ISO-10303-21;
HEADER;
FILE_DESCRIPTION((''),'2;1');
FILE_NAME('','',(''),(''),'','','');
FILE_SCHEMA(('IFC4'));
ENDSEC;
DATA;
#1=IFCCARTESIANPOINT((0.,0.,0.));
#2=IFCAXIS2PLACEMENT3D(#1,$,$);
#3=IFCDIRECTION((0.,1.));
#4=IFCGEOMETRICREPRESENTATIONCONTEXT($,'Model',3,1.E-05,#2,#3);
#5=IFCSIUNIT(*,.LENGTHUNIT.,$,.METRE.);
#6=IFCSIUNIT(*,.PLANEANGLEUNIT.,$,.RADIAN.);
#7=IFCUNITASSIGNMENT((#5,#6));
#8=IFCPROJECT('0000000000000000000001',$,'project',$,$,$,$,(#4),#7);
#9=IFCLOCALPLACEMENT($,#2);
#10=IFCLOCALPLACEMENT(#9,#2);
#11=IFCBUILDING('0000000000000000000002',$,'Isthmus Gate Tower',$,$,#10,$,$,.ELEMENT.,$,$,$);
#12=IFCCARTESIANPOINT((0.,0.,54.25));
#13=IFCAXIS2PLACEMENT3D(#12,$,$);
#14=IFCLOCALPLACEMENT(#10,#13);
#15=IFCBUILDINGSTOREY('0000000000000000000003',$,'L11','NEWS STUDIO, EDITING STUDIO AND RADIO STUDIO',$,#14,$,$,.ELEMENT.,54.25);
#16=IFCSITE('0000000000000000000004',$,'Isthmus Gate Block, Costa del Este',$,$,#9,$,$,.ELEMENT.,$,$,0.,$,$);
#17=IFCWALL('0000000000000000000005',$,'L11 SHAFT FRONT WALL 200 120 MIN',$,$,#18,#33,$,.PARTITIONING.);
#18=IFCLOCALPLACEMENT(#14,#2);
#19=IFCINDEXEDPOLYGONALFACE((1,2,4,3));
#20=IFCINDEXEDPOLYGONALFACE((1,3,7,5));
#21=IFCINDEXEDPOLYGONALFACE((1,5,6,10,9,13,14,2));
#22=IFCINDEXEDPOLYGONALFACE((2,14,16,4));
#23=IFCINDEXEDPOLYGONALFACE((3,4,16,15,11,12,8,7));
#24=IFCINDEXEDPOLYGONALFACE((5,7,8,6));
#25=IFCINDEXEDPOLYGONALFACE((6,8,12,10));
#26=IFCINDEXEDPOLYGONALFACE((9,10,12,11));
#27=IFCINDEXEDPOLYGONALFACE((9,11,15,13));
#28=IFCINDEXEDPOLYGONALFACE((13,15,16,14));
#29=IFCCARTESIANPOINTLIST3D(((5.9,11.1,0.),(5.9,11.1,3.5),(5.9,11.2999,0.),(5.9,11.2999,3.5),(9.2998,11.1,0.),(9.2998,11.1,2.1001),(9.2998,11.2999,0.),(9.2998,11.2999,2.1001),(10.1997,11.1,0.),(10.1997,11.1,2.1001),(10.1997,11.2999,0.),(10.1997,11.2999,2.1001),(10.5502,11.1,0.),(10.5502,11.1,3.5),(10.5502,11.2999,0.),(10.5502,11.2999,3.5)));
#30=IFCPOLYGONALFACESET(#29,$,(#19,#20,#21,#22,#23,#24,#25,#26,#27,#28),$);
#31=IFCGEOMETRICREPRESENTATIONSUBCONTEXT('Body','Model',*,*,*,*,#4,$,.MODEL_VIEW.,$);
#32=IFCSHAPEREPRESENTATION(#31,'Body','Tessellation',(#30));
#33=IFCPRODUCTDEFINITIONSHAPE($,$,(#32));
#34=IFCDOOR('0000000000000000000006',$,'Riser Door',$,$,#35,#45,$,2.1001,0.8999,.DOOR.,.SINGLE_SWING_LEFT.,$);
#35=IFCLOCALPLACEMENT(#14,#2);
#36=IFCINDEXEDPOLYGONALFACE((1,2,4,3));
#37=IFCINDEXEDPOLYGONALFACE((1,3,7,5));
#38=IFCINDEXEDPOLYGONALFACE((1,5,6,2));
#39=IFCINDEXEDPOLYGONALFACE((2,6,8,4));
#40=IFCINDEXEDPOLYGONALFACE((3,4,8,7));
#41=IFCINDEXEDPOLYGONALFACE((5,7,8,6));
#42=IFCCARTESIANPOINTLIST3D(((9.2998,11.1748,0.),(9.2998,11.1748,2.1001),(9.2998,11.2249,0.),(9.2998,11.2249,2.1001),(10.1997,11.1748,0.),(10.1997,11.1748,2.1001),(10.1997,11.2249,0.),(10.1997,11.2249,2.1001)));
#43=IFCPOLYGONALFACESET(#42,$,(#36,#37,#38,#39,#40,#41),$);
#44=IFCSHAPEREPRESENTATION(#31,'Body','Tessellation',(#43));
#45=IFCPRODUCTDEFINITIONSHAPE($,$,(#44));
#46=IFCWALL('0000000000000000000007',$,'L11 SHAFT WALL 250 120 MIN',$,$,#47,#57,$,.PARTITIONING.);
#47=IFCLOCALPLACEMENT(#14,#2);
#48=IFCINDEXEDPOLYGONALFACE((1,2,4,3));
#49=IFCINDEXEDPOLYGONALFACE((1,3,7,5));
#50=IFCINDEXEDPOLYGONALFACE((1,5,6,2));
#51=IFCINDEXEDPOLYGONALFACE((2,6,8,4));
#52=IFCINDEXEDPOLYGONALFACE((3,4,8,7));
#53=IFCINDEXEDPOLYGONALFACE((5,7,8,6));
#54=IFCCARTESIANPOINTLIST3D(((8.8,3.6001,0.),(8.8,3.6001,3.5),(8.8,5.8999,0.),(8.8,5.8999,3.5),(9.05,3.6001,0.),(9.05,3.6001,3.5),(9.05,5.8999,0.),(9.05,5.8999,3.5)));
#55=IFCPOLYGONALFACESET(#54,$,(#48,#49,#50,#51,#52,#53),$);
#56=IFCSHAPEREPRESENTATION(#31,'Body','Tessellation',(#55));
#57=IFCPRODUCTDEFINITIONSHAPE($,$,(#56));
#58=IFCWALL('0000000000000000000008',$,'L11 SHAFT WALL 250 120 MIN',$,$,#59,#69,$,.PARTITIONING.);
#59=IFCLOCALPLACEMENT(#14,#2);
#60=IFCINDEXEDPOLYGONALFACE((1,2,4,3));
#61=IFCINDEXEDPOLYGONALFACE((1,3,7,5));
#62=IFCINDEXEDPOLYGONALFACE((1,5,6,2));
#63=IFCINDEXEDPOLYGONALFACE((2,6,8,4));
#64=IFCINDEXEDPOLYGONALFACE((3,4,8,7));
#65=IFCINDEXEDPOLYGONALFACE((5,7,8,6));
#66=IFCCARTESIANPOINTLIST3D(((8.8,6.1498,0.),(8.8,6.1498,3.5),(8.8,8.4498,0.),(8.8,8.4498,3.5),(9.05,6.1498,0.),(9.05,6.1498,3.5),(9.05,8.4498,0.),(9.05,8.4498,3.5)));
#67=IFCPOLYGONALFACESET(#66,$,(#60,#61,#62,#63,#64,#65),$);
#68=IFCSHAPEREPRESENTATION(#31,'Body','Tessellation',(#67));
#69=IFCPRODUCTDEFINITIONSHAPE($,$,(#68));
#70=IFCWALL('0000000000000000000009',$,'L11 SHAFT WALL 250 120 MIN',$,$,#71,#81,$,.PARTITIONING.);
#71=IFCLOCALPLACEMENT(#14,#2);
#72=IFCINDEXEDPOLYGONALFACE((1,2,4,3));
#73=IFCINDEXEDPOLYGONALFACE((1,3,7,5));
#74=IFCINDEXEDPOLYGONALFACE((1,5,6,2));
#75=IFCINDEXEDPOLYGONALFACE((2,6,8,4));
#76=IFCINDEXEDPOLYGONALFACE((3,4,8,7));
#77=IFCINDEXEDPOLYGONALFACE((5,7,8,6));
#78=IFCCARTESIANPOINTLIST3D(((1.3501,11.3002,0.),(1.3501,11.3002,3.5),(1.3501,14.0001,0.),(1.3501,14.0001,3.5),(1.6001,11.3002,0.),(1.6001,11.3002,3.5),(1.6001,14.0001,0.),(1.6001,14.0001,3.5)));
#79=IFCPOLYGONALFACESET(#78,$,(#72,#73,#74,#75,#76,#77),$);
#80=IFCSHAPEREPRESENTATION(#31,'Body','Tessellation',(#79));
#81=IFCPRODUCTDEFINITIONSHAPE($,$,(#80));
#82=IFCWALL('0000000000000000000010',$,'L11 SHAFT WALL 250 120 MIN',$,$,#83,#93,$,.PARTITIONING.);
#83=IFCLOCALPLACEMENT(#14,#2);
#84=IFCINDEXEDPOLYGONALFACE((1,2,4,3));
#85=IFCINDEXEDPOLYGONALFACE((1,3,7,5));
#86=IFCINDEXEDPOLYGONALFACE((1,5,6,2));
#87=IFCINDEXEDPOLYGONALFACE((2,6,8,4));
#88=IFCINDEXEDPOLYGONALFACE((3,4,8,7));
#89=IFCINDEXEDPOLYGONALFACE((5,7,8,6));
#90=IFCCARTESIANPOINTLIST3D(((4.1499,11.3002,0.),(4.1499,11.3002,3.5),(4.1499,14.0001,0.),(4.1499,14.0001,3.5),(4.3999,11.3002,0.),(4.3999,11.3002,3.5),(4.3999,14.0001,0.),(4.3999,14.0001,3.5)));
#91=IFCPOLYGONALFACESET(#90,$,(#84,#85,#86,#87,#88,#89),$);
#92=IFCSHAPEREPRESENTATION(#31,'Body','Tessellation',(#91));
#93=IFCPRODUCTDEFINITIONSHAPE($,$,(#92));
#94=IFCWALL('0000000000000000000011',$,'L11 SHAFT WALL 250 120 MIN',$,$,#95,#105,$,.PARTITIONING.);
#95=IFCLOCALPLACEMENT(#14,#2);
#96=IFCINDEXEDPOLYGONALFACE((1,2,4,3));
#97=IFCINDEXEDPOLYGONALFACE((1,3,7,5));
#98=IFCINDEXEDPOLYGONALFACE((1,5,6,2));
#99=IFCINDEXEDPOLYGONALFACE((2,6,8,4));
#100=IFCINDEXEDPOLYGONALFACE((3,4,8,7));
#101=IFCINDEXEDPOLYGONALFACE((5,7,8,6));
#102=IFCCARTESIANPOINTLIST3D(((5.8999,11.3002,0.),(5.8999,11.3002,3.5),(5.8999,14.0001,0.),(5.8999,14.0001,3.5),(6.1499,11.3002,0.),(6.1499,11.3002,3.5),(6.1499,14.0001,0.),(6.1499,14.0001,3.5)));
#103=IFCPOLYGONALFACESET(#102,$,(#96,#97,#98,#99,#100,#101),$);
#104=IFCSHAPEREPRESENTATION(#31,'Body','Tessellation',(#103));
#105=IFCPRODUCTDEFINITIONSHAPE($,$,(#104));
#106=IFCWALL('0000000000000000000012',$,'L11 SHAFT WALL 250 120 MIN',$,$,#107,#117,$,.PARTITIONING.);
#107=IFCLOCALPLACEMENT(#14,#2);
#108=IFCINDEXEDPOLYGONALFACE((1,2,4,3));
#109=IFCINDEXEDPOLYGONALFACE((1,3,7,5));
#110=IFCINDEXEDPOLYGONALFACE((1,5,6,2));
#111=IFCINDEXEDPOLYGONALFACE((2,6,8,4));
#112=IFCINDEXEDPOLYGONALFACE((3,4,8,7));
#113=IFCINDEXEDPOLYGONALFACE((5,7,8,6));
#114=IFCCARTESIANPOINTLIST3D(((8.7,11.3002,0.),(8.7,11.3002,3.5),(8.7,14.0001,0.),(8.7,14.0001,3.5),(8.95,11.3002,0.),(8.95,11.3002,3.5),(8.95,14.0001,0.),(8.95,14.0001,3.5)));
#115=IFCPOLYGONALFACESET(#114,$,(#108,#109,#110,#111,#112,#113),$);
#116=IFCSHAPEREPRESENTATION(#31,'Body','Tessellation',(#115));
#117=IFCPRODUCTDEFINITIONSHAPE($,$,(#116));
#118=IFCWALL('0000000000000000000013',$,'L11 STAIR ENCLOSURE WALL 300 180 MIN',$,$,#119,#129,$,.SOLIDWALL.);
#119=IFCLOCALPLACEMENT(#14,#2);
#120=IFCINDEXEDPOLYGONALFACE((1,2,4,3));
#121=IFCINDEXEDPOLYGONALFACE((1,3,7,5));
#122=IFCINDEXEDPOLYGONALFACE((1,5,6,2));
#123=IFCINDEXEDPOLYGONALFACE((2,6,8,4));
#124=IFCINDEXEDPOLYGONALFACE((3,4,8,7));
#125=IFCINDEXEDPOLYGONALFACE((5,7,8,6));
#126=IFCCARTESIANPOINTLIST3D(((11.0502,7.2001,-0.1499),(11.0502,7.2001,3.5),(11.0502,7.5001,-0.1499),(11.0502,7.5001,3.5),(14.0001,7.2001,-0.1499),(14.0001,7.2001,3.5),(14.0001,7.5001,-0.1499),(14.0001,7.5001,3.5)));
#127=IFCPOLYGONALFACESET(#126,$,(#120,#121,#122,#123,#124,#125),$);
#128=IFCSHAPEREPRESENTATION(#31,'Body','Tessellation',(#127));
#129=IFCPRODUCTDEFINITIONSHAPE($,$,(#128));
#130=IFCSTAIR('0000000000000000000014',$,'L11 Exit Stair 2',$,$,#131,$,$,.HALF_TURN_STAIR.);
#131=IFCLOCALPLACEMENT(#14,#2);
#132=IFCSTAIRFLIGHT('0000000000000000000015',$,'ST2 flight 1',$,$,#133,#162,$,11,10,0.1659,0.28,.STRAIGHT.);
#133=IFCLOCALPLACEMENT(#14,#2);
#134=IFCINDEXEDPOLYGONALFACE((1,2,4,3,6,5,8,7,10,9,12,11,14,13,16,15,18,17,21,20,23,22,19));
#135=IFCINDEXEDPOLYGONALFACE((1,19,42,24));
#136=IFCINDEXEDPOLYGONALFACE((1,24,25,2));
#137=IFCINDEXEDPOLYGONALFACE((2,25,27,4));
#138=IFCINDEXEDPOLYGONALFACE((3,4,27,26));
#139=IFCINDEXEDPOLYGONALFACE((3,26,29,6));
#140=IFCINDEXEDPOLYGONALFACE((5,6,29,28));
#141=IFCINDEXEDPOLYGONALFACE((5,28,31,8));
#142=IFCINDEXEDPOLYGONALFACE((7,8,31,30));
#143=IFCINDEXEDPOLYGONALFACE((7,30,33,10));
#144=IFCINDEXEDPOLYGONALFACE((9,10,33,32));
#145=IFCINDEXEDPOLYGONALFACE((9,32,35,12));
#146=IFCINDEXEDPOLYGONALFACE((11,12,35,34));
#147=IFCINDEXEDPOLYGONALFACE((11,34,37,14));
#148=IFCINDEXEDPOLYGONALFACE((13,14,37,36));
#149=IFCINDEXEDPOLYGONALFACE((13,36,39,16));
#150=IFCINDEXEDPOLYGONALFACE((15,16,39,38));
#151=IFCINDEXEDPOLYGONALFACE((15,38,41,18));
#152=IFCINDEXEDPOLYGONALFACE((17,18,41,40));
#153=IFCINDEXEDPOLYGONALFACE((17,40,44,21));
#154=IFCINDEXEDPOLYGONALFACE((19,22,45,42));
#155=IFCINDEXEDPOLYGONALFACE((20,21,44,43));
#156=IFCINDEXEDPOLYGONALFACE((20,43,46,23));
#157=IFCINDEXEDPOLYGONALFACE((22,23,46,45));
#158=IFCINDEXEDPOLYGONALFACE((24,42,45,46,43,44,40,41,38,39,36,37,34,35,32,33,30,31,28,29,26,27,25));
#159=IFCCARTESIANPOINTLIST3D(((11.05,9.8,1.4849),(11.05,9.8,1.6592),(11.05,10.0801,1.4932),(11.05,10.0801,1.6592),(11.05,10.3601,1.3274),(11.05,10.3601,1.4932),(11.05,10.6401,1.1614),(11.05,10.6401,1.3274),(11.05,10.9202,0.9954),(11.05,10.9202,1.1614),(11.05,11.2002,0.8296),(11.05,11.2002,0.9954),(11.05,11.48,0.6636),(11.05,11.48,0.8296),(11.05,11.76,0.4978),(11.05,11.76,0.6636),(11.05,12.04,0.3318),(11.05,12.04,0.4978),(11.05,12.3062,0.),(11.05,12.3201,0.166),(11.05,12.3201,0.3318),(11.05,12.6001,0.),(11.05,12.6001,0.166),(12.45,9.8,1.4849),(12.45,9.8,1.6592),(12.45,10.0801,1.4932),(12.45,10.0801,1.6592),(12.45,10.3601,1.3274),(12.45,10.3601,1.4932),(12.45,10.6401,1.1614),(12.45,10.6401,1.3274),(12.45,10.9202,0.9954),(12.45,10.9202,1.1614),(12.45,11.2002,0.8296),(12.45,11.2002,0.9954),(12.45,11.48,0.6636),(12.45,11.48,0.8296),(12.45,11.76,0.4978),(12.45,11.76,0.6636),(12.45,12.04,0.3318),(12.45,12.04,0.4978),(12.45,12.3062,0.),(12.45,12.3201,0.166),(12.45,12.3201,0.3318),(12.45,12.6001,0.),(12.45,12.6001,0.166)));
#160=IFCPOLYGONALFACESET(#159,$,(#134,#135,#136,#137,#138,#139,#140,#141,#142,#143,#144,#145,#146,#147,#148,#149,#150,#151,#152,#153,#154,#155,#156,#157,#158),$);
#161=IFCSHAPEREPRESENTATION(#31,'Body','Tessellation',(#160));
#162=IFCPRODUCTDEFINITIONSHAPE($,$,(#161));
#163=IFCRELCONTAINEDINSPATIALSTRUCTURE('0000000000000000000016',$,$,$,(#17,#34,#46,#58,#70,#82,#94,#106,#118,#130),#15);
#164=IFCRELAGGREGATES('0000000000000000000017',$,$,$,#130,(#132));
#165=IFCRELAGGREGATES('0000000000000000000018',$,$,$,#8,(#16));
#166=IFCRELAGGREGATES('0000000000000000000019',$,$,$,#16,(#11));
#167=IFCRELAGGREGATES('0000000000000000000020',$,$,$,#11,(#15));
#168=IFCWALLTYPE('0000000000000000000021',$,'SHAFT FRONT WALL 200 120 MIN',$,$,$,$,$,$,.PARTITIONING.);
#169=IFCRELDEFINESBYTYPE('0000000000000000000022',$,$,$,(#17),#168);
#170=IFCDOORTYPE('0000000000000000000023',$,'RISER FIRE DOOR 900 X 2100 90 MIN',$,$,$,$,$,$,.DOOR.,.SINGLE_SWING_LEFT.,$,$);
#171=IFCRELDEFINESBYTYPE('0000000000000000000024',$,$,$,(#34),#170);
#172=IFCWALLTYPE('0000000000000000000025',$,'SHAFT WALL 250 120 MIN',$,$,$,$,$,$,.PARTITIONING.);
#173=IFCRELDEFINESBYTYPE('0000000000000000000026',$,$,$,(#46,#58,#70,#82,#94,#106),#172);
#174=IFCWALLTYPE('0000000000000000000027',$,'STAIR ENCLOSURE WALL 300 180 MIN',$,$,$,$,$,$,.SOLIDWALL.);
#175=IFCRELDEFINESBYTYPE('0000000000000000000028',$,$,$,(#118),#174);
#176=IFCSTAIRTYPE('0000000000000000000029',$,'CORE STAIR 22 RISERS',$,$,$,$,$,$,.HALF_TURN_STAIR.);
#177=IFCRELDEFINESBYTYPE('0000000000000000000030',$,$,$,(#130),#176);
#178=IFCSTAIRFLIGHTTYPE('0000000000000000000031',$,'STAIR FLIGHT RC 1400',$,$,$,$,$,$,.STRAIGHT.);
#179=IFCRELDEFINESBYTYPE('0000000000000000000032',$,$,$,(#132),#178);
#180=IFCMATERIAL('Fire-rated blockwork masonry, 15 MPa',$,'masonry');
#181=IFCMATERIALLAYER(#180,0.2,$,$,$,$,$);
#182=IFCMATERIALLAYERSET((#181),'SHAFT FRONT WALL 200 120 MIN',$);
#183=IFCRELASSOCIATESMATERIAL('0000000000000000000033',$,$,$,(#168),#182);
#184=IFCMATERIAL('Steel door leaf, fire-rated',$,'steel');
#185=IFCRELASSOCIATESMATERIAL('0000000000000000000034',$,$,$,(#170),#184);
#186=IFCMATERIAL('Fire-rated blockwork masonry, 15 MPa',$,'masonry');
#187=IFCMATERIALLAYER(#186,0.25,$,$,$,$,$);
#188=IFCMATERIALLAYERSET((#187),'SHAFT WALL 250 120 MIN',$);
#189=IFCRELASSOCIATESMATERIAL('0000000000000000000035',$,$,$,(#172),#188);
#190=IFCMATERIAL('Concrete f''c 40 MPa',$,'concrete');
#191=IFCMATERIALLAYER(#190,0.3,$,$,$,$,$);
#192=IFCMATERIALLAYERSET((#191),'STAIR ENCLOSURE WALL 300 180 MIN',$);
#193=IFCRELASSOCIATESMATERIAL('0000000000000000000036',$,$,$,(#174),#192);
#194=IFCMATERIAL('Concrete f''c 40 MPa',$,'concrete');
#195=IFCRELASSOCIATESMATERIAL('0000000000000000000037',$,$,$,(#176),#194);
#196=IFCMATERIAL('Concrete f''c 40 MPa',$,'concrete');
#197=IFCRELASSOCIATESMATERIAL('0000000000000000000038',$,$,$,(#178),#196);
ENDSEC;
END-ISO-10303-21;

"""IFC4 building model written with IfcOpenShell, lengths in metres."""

from ifc_helpers import new_model, si_unit, direction, frame, frame_2d, origin, place, context, subcontext, project, spatial, polyline, rectangle, outline, extrude, material, layer, layer_set, type_object, element, fill, aggregate, save


model = new_model("IFC4")

# Units and contexts
model_context = context("Model", 3, precision=1e-05, world=origin(), true_north=direction((0.0, 1.0)))
body_context = subcontext(model_context, "Body", "Model", "MODEL_VIEW")
ifc_project = project(units=[si_unit("LENGTHUNIT", "METRE"), si_unit("PLANEANGLEUNIT", "RADIAN")], contexts=[model_context])

# Site, building, storey
site_placement = place(None, origin())
site = spatial("IfcSite", under=ifc_project, at=site_placement, Name="Isthmus Gate Block, Costa del Este", CompositionType="ELEMENT", RefElevation=0.0)
building_placement = place(site_placement, origin())
building = spatial("IfcBuilding", under=site, at=building_placement, Name="Isthmus Gate Tower", CompositionType="ELEMENT")
storey_placement = place(building_placement, frame((0.0, 0.0, 54.25)))
storey = spatial("IfcBuildingStorey", under=building, at=storey_placement, Name="L11", Description="NEWS STUDIO, EDITING STUDIO AND RADIO STUDIO", CompositionType="ELEMENT", Elevation=54.25)

# Wall, opening, door
ifc_material_1 = material(Name="Fire-rated blockwork masonry, 15 MPa", Category="masonry")
ifc_layer_1 = layer(ifc_material_1, 0.2)
ifc_layer_set_1 = layer_set([ifc_layer_1], Name="SHAFT FRONT WALL 200 120 MIN")
wall_type_1 = type_object("IfcWallType", Name="SHAFT FRONT WALL 200 120 MIN", PredefinedType="PARTITIONING", material=ifc_layer_set_1)
wall_1_placement = place(storey_placement, frame((5.8999, 11.2, 0.0), z_axis=(0.0, 0.0, 1.0), x_axis=(1.0, 0.0, 0.0)))
wall_1 = element("IfcWall", 1, at=wall_1_placement, inside=storey, type_object=wall_type_1, Name="L11 SHAFT FRONT WALL 200 120 MIN", PredefinedType="PARTITIONING", context=body_context, shape_type="SweptSolid", body=[
    extrude(rectangle(XDim=4.6501, YDim=0.2, at=frame_2d((2.3252, 0.0))), origin(), (0.0, 0.0, 1.0), 3.5),
])
opening_placement = place(wall_1_placement, frame((3.3999, 0.0, 0.0)))
opening = element("IfcOpeningElement", 2, at=opening_placement, cuts=wall_1, PredefinedType="OPENING", context=body_context, shape_type="SweptSolid", body=[
    extrude(rectangle(XDim=0.8999, YDim=2.1001, at=frame_2d((0.45, 1.05))), frame((0.0, 0.1099, 0.0), z_axis=(0.0, -1.0, 0.0), x_axis=(1.0, 0.0, 0.0)), (0.0, 0.0, 1.0), 0.22),
])
ifc_material_2 = material(Name="Steel door leaf, fire-rated", Category="steel")
door_type = type_object("IfcDoorType", Name="RISER FIRE DOOR 900 X 2100 90 MIN", OperationType="SINGLE_SWING_LEFT", PredefinedType="DOOR", material=ifc_material_2)
door_placement = place(opening_placement, origin())
door = element("IfcDoor", 3, at=door_placement, inside=storey, type_object=door_type, Name="Riser Door", OperationType="SINGLE_SWING_LEFT", OverallHeight=2.1001, OverallWidth=0.8999, PredefinedType="DOOR", context=body_context, shape_type="SweptSolid", body=[
    extrude(rectangle(XDim=0.8999, YDim=2.1001, at=frame_2d((0.45, 1.05))), frame((0.0, 0.0249, 0.0), z_axis=(0.0, -1.0, 0.0), x_axis=(1.0, 0.0, 0.0)), (0.0, 0.0, 1.0), 0.05),
])
fill(opening, door)

# Walls
ifc_material_3 = material(Name="Fire-rated blockwork masonry, 15 MPa", Category="masonry")
ifc_layer_2 = layer(ifc_material_3, 0.25)
ifc_layer_set_2 = layer_set([ifc_layer_2], Name="SHAFT WALL 250 120 MIN")
wall_type_2 = type_object("IfcWallType", Name="SHAFT WALL 250 120 MIN", PredefinedType="PARTITIONING", material=ifc_layer_set_2)
wall_2_placement = place(storey_placement, frame((8.925, 3.6001, 0.0), z_axis=(0.0, 0.0, 1.0), x_axis=(0.0, 1.0, 0.0)))
element("IfcWall", 4, at=wall_2_placement, inside=storey, type_object=wall_type_2, Name="L11 SHAFT WALL 250 120 MIN", PredefinedType="PARTITIONING", context=body_context, shape_type="SweptSolid", body=[
    extrude(rectangle(XDim=2.2998, YDim=0.25, at=frame_2d((1.1499, 0.0))), origin(), (0.0, 0.0, 1.0), 3.5),
])
wall_3_placement = place(storey_placement, frame((8.925, 6.1499, 0.0), z_axis=(0.0, 0.0, 1.0), x_axis=(0.0, 1.0, 0.0)))
element("IfcWall", 5, at=wall_3_placement, inside=storey, type_object=wall_type_2, Name="L11 SHAFT WALL 250 120 MIN", PredefinedType="PARTITIONING", context=body_context, shape_type="SweptSolid", body=[
    extrude(rectangle(XDim=2.3, YDim=0.25, at=frame_2d((1.1499, 0.0))), origin(), (0.0, 0.0, 1.0), 3.5),
])
for number, where, z_axis, x_axis, name in (
    (6, (1.4751, 11.3, 0.0), (0.0, 0.0, 1.0), (0.0, 1.0, 0.0), "L11 SHAFT WALL 250 120 MIN"),
    (7, (4.2749, 11.3, 0.0), (0.0, 0.0, 1.0), (0.0, 1.0, 0.0), "L11 SHAFT WALL 250 120 MIN"),
    (8, (6.0249, 11.3, 0.0), (0.0, 0.0, 1.0), (0.0, 1.0, 0.0), "L11 SHAFT WALL 250 120 MIN"),
    (9, (8.825, 11.3, 0.0), (0.0, 0.0, 1.0), (0.0, 1.0, 0.0), "L11 SHAFT WALL 250 120 MIN"),
):
    element("IfcWall", number, at=place(storey_placement, frame(where, z_axis=z_axis, x_axis=x_axis)), inside=storey, type_object=wall_type_2, Name=name, PredefinedType="PARTITIONING", context=body_context, shape_type="SweptSolid", body=[
        extrude(rectangle(XDim=2.7, YDim=0.25, at=frame_2d((1.3501, 0.0))), origin(), (0.0, 0.0, 1.0), 3.5),
    ])
ifc_material_4 = material(Name="Concrete f'c 40 MPa", Category="concrete")
ifc_layer_3 = layer(ifc_material_4, 0.3)
ifc_layer_set_3 = layer_set([ifc_layer_3], Name="STAIR ENCLOSURE WALL 300 180 MIN")
wall_type_3 = type_object("IfcWallType", Name="STAIR ENCLOSURE WALL 300 180 MIN", PredefinedType="SOLIDWALL", material=ifc_layer_set_3)
wall_4_placement = place(storey_placement, frame((11.05, 7.3501, -0.1499), z_axis=(0.0, 0.0, 1.0), x_axis=(1.0, 0.0, 0.0)))
element("IfcWall", 10, at=wall_4_placement, inside=storey, type_object=wall_type_3, Name="L11 STAIR ENCLOSURE WALL 300 180 MIN", PredefinedType="SOLIDWALL", context=body_context, shape_type="SweptSolid", body=[
    extrude(rectangle(XDim=2.95, YDim=0.3, at=frame_2d((1.4751, 0.0))), origin(), (0.0, 0.0, 1.0), 3.6499),
])

# Stair, stair flight
ifc_material_5 = material(Name="Concrete f'c 40 MPa", Category="concrete")
stair_type = type_object("IfcStairType", Name="CORE STAIR 22 RISERS", PredefinedType="HALF_TURN_STAIR", material=ifc_material_5)
stair_1_placement = place(storey_placement, origin())
stair_1 = element("IfcStair", 11, at=stair_1_placement, inside=storey, type_object=stair_type, Name="L11 Exit Stair 2", PredefinedType="HALF_TURN_STAIR")
ifc_material_6 = material(Name="Concrete f'c 40 MPa", Category="concrete")
stair_flight_type = type_object("IfcStairFlightType", Name="STAIR FLIGHT RC 1400", PredefinedType="STRAIGHT", material=ifc_material_6)
stair_flight_1_placement = place(storey_placement, frame((11.75, 12.6001, 0.0), z_axis=(0.0, 0.0, 1.0), x_axis=(0.0, -1.0, 0.0)))
stair_flight_1 = element("IfcStairFlight", 12, at=stair_flight_1_placement, type_object=stair_flight_type, Name="ST2 flight 1", NumberOfRisers=11, NumberOfTreads=10, PredefinedType="STRAIGHT", RiserHeight=0.1659, TreadLength=0.28, context=body_context, shape_type="SweptSolid", body=[
    extrude(outline(polyline([(0.0, 0.0), (0.0, 0.166), (0.28, 0.166), (0.28, 0.3318), (0.5601, 0.3318), (0.5601, 0.4978), (0.8401, 0.4978), (0.8401, 0.6636), (1.1201, 0.6636), (1.1201, 0.8296), (1.3999, 0.8296), (1.3999, 0.9954), (1.6799, 0.9954), (1.6799, 1.1614), (1.96, 1.1614), (1.96, 1.3274), (2.24, 1.3274), (2.24, 1.4932), (2.52, 1.4932), (2.52, 1.6592), (2.8, 1.6592), (2.8, 1.825), (2.8, 1.4849), (0.2939, 0.0), (0.0, 0.0)])), frame((0.0, 0.7, 0.0), z_axis=(0.0, -1.0, 0.0), x_axis=(1.0, 0.0, 0.0)), (0.0, 0.0, 1.0), 1.3999),
])
aggregate(stair_1, [stair_flight_1])

save(model, "model.ifc")
